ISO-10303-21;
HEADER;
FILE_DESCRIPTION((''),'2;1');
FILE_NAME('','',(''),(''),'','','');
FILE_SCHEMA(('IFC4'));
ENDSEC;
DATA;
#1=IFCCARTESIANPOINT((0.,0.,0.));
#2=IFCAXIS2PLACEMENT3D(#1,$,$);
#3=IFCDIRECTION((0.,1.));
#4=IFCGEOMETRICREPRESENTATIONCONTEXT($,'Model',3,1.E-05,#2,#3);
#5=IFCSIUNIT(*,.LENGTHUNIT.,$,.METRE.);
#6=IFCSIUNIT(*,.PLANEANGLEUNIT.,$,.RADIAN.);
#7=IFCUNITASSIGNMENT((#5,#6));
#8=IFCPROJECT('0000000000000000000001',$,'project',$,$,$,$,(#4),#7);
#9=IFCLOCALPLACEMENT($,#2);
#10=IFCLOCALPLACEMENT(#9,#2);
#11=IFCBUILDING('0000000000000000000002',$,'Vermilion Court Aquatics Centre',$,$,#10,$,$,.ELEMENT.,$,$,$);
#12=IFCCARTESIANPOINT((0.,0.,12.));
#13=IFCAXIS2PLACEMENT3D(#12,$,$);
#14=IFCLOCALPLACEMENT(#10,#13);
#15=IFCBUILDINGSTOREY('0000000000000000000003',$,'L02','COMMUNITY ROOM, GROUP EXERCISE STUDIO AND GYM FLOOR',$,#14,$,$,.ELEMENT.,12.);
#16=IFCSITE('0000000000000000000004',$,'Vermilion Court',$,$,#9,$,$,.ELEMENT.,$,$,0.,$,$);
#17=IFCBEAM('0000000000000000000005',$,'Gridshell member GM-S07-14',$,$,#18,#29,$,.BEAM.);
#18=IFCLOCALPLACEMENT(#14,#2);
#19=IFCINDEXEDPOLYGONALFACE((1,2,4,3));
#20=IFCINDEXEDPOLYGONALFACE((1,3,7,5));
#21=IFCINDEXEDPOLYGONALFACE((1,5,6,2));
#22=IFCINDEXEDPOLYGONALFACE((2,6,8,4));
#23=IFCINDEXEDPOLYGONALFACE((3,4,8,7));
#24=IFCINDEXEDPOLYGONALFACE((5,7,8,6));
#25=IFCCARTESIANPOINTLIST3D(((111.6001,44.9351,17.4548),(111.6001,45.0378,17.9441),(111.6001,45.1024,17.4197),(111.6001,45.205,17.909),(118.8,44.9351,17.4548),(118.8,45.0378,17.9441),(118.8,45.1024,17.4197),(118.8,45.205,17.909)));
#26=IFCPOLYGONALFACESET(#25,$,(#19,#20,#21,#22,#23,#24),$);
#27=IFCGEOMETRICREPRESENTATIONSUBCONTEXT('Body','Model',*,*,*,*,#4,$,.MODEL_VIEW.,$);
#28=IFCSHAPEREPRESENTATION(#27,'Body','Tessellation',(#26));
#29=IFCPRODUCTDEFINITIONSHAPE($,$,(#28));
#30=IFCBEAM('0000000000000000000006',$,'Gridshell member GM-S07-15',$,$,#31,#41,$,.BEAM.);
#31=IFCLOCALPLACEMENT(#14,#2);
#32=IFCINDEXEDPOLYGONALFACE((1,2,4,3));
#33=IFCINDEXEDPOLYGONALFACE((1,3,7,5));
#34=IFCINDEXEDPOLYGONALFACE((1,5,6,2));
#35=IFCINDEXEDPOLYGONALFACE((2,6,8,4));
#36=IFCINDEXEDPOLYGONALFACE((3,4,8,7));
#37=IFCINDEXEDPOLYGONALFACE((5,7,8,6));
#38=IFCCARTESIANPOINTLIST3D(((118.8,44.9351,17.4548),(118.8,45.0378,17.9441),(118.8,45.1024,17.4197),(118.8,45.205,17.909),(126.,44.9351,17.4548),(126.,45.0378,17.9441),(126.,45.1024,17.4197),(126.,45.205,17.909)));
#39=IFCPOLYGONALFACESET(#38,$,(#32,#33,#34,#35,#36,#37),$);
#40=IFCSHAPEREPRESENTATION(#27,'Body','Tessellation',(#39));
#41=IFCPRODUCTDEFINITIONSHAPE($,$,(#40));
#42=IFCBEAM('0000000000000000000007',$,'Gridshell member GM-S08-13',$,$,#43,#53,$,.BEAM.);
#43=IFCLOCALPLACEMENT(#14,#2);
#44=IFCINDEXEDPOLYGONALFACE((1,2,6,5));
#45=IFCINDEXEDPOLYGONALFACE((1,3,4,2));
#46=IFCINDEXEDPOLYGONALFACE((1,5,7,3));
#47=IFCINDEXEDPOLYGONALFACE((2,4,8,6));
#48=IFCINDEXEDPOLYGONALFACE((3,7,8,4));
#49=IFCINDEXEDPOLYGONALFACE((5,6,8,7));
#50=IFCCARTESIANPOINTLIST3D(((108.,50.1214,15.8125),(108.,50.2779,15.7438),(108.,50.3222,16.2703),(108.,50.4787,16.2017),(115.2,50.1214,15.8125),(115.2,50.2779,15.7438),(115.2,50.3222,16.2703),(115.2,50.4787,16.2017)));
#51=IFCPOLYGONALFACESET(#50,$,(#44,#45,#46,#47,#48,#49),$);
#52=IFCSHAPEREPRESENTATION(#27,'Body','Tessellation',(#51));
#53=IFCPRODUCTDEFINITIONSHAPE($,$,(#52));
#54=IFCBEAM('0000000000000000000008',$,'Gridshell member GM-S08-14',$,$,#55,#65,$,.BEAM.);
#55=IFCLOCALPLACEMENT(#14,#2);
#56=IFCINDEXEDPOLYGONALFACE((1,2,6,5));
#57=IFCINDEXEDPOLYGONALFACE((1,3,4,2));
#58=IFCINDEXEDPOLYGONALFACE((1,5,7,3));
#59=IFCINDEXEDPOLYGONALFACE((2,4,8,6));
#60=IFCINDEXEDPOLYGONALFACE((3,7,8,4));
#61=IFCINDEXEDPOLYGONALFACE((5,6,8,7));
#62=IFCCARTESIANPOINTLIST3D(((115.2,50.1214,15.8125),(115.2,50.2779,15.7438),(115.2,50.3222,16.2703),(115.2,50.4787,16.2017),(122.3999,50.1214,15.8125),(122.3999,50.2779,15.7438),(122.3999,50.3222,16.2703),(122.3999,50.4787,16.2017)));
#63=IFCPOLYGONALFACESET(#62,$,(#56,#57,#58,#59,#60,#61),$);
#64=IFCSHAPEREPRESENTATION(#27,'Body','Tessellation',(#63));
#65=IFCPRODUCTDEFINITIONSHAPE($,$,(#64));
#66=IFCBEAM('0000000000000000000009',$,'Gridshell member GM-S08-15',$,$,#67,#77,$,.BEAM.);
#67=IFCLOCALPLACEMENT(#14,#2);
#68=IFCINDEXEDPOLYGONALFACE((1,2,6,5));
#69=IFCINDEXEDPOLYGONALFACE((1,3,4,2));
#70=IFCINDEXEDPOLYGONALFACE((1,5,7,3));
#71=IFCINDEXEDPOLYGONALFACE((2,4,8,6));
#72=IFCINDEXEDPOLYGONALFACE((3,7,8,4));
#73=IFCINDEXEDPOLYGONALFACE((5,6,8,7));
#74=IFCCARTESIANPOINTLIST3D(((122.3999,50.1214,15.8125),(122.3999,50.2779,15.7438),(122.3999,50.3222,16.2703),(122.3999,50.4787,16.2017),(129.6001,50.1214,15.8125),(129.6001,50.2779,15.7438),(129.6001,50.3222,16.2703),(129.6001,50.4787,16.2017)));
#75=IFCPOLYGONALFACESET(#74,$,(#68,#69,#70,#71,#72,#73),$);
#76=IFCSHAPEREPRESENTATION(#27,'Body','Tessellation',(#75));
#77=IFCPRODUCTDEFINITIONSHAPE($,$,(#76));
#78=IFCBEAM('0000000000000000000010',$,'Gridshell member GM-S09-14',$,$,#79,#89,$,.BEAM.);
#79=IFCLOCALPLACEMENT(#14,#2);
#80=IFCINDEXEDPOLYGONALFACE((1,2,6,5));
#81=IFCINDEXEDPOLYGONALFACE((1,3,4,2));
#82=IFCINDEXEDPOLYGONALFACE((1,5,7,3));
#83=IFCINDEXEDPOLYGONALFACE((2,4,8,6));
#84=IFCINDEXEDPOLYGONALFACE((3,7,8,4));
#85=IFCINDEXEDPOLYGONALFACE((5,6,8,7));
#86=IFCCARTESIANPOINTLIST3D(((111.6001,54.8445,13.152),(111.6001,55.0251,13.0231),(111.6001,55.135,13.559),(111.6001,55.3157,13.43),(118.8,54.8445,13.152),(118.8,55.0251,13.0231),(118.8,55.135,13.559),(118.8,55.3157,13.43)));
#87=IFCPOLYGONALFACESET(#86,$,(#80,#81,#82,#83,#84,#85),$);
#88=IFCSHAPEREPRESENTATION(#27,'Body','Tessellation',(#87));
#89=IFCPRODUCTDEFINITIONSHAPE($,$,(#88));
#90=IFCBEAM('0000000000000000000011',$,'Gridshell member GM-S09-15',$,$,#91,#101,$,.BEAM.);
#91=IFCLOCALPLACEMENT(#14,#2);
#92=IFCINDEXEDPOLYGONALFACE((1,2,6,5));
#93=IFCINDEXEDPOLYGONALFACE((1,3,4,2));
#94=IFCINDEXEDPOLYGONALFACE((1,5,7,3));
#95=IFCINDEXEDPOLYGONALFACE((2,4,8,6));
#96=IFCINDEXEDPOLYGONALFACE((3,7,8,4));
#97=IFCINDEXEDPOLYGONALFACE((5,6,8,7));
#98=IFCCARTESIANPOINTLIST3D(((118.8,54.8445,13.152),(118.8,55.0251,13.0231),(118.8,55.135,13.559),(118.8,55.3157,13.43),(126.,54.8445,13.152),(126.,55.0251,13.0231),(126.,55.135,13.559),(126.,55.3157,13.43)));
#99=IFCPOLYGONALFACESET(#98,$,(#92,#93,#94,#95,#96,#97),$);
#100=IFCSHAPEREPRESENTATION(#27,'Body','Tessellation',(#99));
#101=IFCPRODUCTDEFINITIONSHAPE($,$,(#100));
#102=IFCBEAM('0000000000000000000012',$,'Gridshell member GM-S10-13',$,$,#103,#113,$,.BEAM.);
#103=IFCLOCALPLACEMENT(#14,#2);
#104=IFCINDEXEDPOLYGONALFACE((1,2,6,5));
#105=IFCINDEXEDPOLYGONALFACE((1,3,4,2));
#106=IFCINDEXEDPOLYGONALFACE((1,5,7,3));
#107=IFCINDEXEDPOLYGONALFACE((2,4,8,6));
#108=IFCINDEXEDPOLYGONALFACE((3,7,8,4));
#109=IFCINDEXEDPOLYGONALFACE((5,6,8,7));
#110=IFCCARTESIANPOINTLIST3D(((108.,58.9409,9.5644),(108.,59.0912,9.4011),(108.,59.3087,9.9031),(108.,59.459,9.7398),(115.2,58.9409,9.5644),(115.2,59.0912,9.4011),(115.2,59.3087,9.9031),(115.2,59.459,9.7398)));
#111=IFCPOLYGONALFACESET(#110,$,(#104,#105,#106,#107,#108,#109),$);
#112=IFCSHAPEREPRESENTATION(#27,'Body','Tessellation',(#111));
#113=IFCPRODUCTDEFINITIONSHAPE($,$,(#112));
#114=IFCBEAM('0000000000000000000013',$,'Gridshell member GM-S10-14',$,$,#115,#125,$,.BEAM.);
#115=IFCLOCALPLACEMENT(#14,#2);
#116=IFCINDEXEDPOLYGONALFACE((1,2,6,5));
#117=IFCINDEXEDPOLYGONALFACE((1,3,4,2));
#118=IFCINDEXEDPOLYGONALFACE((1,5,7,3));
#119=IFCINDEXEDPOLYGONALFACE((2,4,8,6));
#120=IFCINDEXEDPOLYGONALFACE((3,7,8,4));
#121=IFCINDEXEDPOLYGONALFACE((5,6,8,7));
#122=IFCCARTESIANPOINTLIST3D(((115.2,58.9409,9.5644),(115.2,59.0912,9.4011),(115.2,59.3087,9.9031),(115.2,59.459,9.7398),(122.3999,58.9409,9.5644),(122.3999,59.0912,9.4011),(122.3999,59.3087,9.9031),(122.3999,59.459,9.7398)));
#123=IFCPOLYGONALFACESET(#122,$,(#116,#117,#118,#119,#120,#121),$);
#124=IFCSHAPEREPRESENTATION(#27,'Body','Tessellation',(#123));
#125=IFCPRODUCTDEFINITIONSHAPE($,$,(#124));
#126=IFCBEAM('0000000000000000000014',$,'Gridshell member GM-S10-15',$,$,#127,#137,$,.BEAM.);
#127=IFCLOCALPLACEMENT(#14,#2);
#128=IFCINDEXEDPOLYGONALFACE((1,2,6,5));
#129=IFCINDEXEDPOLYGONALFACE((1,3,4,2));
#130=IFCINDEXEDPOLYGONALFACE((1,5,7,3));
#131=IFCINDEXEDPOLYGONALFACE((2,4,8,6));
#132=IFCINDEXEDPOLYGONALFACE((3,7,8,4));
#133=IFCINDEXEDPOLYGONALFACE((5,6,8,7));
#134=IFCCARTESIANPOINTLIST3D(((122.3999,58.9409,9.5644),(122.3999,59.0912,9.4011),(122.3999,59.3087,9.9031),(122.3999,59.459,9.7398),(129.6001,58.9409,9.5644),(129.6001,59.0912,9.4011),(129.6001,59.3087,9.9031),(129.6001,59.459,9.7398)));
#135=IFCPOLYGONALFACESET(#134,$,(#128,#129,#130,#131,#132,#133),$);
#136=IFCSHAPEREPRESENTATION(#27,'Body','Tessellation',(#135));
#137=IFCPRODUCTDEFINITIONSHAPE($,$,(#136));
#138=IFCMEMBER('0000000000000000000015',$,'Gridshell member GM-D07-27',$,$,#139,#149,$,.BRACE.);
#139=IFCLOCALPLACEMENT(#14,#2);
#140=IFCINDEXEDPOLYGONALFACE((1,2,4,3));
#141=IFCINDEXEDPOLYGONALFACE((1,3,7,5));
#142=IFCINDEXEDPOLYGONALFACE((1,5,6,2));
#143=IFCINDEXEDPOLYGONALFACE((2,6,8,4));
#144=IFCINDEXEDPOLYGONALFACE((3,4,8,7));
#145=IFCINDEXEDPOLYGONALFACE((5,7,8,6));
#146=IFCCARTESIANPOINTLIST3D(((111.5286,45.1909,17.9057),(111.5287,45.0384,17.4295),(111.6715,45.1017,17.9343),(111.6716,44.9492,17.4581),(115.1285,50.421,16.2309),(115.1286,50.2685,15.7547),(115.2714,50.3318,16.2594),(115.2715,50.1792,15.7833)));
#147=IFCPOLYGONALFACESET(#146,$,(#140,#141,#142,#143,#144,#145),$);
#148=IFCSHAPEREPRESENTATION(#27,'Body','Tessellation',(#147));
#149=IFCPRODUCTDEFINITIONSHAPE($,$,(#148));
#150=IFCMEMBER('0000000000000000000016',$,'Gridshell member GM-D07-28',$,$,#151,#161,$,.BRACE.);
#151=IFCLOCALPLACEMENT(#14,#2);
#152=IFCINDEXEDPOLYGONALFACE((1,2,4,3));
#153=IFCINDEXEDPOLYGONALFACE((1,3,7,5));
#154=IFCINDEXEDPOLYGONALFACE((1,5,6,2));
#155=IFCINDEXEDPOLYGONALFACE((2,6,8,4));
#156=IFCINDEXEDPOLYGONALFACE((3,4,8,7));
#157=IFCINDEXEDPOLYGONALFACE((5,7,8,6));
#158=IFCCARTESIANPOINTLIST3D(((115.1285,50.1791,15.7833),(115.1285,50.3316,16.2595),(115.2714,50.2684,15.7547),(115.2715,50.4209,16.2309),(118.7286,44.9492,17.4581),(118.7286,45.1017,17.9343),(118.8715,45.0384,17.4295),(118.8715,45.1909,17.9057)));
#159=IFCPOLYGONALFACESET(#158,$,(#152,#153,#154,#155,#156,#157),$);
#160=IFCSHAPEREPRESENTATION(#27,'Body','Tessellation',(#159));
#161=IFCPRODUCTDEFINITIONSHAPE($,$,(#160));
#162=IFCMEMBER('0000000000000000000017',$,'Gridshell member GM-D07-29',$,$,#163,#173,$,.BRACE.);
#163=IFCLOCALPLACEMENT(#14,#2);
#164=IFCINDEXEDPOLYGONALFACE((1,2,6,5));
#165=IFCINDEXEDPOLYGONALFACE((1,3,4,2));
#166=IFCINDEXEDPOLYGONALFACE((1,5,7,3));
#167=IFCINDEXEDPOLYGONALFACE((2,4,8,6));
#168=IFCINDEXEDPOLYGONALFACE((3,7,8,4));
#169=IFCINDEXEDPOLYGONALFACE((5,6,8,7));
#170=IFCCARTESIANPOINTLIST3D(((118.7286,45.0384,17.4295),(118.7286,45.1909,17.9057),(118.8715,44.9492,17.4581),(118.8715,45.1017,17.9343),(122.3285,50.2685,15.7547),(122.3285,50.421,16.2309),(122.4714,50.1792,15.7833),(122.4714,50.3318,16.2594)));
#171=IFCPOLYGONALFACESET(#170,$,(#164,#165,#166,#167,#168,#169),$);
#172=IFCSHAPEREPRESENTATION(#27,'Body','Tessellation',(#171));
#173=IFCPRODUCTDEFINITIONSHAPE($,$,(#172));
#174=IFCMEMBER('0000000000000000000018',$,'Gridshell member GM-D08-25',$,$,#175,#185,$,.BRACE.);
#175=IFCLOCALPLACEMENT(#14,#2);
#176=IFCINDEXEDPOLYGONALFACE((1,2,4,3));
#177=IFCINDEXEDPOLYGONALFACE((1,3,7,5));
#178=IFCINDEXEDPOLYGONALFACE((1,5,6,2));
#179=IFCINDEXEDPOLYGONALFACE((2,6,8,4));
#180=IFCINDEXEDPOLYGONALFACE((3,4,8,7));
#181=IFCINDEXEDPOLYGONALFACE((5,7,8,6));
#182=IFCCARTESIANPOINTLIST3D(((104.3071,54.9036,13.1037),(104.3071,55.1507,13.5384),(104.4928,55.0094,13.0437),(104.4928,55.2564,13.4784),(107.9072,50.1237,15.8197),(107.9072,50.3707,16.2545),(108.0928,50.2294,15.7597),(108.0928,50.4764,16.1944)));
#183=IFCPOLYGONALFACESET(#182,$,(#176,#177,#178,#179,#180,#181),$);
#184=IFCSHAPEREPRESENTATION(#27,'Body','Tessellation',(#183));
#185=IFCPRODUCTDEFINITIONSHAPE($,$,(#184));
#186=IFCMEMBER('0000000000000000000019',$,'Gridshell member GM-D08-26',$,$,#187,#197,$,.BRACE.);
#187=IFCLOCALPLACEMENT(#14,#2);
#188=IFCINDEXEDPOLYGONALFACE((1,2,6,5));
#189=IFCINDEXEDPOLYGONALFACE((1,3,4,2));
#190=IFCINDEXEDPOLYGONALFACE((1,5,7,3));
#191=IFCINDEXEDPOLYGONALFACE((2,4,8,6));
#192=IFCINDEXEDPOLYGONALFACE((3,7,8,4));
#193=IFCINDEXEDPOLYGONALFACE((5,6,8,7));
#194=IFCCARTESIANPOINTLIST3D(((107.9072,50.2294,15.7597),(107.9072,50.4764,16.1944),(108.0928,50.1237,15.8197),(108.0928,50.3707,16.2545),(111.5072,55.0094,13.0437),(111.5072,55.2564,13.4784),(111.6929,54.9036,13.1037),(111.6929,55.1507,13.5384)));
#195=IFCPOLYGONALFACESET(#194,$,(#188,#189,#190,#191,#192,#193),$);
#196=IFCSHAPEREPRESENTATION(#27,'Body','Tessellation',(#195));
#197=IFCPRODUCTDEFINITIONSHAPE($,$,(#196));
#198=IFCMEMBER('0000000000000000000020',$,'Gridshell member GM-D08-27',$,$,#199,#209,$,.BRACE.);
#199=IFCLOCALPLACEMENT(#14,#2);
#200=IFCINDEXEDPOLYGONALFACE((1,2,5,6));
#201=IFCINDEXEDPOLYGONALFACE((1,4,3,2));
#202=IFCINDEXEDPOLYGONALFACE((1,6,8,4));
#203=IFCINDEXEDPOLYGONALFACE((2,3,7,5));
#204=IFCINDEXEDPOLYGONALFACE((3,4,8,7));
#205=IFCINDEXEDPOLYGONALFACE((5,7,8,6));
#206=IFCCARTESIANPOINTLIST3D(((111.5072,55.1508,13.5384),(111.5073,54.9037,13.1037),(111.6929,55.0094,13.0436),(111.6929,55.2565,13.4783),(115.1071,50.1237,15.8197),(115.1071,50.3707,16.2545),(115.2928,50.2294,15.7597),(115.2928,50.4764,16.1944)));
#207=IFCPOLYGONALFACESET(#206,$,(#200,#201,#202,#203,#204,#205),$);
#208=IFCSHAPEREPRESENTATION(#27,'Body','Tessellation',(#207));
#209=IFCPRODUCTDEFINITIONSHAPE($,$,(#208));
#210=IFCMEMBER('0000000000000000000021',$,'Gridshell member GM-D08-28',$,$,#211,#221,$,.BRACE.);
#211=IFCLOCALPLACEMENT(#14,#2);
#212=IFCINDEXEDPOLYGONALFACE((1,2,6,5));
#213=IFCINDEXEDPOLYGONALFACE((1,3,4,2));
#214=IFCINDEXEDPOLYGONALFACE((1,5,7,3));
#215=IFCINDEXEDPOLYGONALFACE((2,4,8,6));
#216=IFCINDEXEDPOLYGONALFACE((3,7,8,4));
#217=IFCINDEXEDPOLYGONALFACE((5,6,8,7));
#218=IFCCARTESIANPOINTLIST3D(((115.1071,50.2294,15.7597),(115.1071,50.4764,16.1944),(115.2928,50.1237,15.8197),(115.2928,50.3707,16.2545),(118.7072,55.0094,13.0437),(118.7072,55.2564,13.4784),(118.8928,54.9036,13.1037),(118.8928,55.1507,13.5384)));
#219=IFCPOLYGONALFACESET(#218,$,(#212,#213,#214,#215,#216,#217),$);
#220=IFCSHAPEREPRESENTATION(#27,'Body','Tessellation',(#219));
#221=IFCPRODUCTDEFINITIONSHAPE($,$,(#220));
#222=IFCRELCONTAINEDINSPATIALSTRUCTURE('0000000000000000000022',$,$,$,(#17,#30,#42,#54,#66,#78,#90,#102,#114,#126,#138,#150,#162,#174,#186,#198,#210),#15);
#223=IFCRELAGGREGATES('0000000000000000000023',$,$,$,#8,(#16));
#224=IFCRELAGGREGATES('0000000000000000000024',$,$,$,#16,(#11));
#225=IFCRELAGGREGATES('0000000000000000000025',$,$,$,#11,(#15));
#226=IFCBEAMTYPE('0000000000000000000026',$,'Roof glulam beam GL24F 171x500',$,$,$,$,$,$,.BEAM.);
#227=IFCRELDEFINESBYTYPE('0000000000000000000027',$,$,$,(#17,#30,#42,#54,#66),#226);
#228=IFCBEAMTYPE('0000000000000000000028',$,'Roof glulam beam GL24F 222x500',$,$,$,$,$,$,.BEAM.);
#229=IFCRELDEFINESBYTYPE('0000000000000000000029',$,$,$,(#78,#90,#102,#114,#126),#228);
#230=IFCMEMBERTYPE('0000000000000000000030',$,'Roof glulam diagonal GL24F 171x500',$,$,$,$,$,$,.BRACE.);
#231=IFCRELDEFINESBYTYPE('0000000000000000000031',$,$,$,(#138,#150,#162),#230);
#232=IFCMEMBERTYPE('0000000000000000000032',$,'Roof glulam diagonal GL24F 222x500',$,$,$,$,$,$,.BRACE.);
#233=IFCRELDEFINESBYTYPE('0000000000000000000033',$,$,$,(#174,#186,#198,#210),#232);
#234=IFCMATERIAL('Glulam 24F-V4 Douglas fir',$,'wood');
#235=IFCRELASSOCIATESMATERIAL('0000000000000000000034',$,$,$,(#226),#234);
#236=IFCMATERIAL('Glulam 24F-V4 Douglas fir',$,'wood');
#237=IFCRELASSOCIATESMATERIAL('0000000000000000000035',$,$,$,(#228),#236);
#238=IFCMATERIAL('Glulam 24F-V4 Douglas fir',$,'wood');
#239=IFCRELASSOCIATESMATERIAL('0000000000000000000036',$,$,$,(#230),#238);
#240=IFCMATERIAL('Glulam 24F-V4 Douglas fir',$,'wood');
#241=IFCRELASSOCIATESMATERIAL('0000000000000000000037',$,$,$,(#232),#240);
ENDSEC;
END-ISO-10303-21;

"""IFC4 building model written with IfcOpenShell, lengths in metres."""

from ifc_helpers import new_model, si_unit, direction, frame, origin, origin_2d, place, context, subcontext, project, spatial, rectangle, extrude, material, material_profile, profile_set, type_object, element, save


model = new_model("IFC4")

# Units and contexts
model_context = context("Model", 3, precision=1e-05, world=origin(), true_north=direction((0.0, 1.0)))
body_context = subcontext(model_context, "Body", "Model", "MODEL_VIEW")
ifc_project = project(units=[si_unit("LENGTHUNIT", "METRE"), si_unit("PLANEANGLEUNIT", "RADIAN")], contexts=[model_context])

# Site, building, storey
site_placement = place(None, origin())
site = spatial("IfcSite", under=ifc_project, at=site_placement, Name="Vermilion Court", CompositionType="ELEMENT", RefElevation=0.0)
building_placement = place(site_placement, origin())
building = spatial("IfcBuilding", under=site, at=building_placement, Name="Vermilion Court Aquatics Centre", CompositionType="ELEMENT")
storey_placement = place(building_placement, frame((0.0, 0.0, 12.0)))
storey = spatial("IfcBuildingStorey", under=building, at=storey_placement, Name="L02", Description="COMMUNITY ROOM, GROUP EXERCISE STUDIO AND GYM FLOOR", CompositionType="ELEMENT", Elevation=12.0)

# Beams
ifc_material_1 = material(Name="Glulam 24F-V4 Douglas fir", Category="wood")
ifc_material_profile_1 = material_profile(ifc_material_1, rectangle(XDim=0.1709, YDim=0.5, at=origin_2d()), Name="GL24F 171x500")
ifc_profile_set_1 = profile_set([ifc_material_profile_1], Name="Glulam 24F-V4 Douglas fir")
beam_type_1 = type_object("IfcBeamType", Name="Roof glulam beam GL24F 171x500", PredefinedType="BEAM", material=ifc_profile_set_1)
for number, where, z_axis, x_axis, name in (
    (1, (111.6001, 45.0701, 17.6819), (1.0, 0.0, 0.0), (0.0, 0.978692, -0.205333), "Gridshell member GM-S07-14"),
    (2, (118.8, 45.0701, 17.6819), (1.0, 0.0, 0.0), (0.0, 0.978692, -0.205333), "Gridshell member GM-S07-15"),
    (3, (108.0, 50.3, 16.0071), (1.0, 0.0, 0.0), (0.0, 0.915794, -0.401648), "Gridshell member GM-S08-13"),
    (4, (115.2, 50.3, 16.0071), (1.0, 0.0, 0.0), (0.0, 0.915794, -0.401648), "Gridshell member GM-S08-14"),
):
    element("IfcBeam", number, at=place(storey_placement, frame(where, z_axis=z_axis, x_axis=x_axis)), inside=storey, type_object=beam_type_1, Name=name, PredefinedType="BEAM", context=body_context, shape_type="SweptSolid", body=[
        extrude(rectangle(XDim=0.1709, YDim=0.5, at=origin_2d()), origin(), (0.0, 0.0, 1.0), 7.2),
    ])
beam_1_placement = place(storey_placement, frame((122.3999, 50.3, 16.0071), z_axis=(1.0, 0.0, 0.0), x_axis=(0.0, 0.915794, -0.401648)))
element("IfcBeam", 5, at=beam_1_placement, inside=storey, type_object=beam_type_1, Name="Gridshell member GM-S08-15", PredefinedType="BEAM", context=body_context, shape_type="SweptSolid", body=[
    extrude(rectangle(XDim=0.1709, YDim=0.5, at=origin_2d()), origin(), (0.0, 0.0, 1.0), 7.2002),
])
ifc_material_2 = material(Name="Glulam 24F-V4 Douglas fir", Category="wood")
ifc_material_profile_2 = material_profile(ifc_material_2, rectangle(XDim=0.2219, YDim=0.5, at=origin_2d()), Name="GL24F 222x500")
ifc_profile_set_2 = profile_set([ifc_material_profile_2], Name="Glulam 24F-V4 Douglas fir")
beam_type_2 = type_object("IfcBeamType", Name="Roof glulam beam GL24F 222x500", PredefinedType="BEAM", material=ifc_profile_set_2)
for number, where, z_axis, x_axis, name in (
    (6, (111.6001, 55.0801, 13.291), (1.0, 0.0, 0.0), (0.0, 0.813848, -0.581078), "Gridshell member GM-S09-14"),
    (7, (118.8, 55.0801, 13.291), (1.0, 0.0, 0.0), (0.0, 0.813848, -0.581078), "Gridshell member GM-S09-15"),
    (8, (108.0, 59.2, 9.6521), (1.0, 0.0, 0.0), (0.0, 0.67726, -0.735744), "Gridshell member GM-S10-13"),
    (9, (115.2, 59.2, 9.6521), (1.0, 0.0, 0.0), (0.0, 0.67726, -0.735744), "Gridshell member GM-S10-14"),
):
    element("IfcBeam", number, at=place(storey_placement, frame(where, z_axis=z_axis, x_axis=x_axis)), inside=storey, type_object=beam_type_2, Name=name, PredefinedType="BEAM", context=body_context, shape_type="SweptSolid", body=[
        extrude(rectangle(XDim=0.2219, YDim=0.5, at=origin_2d()), origin(), (0.0, 0.0, 1.0), 7.2),
    ])
beam_2_placement = place(storey_placement, frame((122.3999, 59.2, 9.6521), z_axis=(1.0, 0.0, 0.0), x_axis=(0.0, 0.67726, -0.735744)))
element("IfcBeam", 10, at=beam_2_placement, inside=storey, type_object=beam_type_2, Name="Gridshell member GM-S10-15", PredefinedType="BEAM", context=body_context, shape_type="SweptSolid", body=[
    extrude(rectangle(XDim=0.2219, YDim=0.5, at=origin_2d()), origin(), (0.0, 0.0, 1.0), 7.2002),
])

# Members
ifc_material_3 = material(Name="Glulam 24F-V4 Douglas fir", Category="wood")
ifc_material_profile_3 = material_profile(ifc_material_3, rectangle(XDim=0.1709, YDim=0.5, at=origin_2d()), Name="GL24F 171x500")
ifc_profile_set_3 = profile_set([ifc_material_profile_3], Name="Glulam 24F-V4 Douglas fir")
member_type_1 = type_object("IfcMemberType", Name="Roof glulam diagonal GL24F 171x500", PredefinedType="BRACE", material=ifc_profile_set_3)
for number, where, z_axis, x_axis, name in (
    (11, (111.6001, 45.0701, 17.6819), (0.54823, 0.796485, -0.25506), (-0.836328, 0.522086, -0.167278), "Gridshell member GM-D07-27"),
    (12, (118.8, 45.0701, 17.6819), (-0.548256, 0.796469, -0.255055), (-0.836311, -0.522113, 0.167278), "Gridshell member GM-D07-28"),
    (13, (118.8, 45.0701, 17.6819), (0.54823, 0.796485, -0.25506), (-0.836328, 0.522086, -0.167278), "Gridshell member GM-D07-29"),
):
    element("IfcMember", number, at=place(storey_placement, frame(where, z_axis=z_axis, x_axis=x_axis)), inside=storey, type_object=member_type_1, Name=name, PredefinedType="BRACE", context=body_context, shape_type="SweptSolid", body=[
        extrude(rectangle(XDim=0.1709, YDim=0.5, at=origin_2d()), origin(), (0.0, 0.0, 1.0), 6.5664),
    ])
ifc_material_4 = material(Name="Glulam 24F-V4 Douglas fir", Category="wood")
ifc_material_profile_4 = material_profile(ifc_material_4, rectangle(XDim=0.2219, YDim=0.5, at=origin_2d()), Name="GL24F 222x500")
ifc_profile_set_4 = profile_set([ifc_material_profile_4], Name="Glulam 24F-V4 Douglas fir")
member_type_2 = type_object("IfcMemberType", Name="Roof glulam diagonal GL24F 222x500", PredefinedType="BRACE", material=ifc_profile_set_4)
for number, where, z_axis, x_axis, name in (
    (14, (108.0, 50.3, 16.0071), (-0.547824, 0.727373, -0.413301), (-0.836594, -0.476314, 0.270621), "Gridshell member GM-D08-25"),
    (15, (108.0, 50.3, 16.0071), (0.547824, 0.727373, -0.413301), (-0.836594, 0.476314, -0.270621), "Gridshell member GM-D08-26"),
    (16, (115.2, 50.3, 16.0071), (-0.547798, 0.727388, -0.41331), (-0.836611, -0.476285, 0.27062), "Gridshell member GM-D08-27"),
    (17, (115.2, 50.3, 16.0071), (0.547824, 0.727373, -0.413301), (-0.836594, 0.476314, -0.270621), "Gridshell member GM-D08-28"),
):
    element("IfcMember", number, at=place(storey_placement, frame(where, z_axis=z_axis, x_axis=x_axis)), inside=storey, type_object=member_type_2, Name=name, PredefinedType="BRACE", context=body_context, shape_type="SweptSolid", body=[
        extrude(rectangle(XDim=0.2219, YDim=0.5, at=origin_2d()), origin(), (0.0, 0.0, 1.0), 6.5715),
    ])

save(model, "model.ifc")
